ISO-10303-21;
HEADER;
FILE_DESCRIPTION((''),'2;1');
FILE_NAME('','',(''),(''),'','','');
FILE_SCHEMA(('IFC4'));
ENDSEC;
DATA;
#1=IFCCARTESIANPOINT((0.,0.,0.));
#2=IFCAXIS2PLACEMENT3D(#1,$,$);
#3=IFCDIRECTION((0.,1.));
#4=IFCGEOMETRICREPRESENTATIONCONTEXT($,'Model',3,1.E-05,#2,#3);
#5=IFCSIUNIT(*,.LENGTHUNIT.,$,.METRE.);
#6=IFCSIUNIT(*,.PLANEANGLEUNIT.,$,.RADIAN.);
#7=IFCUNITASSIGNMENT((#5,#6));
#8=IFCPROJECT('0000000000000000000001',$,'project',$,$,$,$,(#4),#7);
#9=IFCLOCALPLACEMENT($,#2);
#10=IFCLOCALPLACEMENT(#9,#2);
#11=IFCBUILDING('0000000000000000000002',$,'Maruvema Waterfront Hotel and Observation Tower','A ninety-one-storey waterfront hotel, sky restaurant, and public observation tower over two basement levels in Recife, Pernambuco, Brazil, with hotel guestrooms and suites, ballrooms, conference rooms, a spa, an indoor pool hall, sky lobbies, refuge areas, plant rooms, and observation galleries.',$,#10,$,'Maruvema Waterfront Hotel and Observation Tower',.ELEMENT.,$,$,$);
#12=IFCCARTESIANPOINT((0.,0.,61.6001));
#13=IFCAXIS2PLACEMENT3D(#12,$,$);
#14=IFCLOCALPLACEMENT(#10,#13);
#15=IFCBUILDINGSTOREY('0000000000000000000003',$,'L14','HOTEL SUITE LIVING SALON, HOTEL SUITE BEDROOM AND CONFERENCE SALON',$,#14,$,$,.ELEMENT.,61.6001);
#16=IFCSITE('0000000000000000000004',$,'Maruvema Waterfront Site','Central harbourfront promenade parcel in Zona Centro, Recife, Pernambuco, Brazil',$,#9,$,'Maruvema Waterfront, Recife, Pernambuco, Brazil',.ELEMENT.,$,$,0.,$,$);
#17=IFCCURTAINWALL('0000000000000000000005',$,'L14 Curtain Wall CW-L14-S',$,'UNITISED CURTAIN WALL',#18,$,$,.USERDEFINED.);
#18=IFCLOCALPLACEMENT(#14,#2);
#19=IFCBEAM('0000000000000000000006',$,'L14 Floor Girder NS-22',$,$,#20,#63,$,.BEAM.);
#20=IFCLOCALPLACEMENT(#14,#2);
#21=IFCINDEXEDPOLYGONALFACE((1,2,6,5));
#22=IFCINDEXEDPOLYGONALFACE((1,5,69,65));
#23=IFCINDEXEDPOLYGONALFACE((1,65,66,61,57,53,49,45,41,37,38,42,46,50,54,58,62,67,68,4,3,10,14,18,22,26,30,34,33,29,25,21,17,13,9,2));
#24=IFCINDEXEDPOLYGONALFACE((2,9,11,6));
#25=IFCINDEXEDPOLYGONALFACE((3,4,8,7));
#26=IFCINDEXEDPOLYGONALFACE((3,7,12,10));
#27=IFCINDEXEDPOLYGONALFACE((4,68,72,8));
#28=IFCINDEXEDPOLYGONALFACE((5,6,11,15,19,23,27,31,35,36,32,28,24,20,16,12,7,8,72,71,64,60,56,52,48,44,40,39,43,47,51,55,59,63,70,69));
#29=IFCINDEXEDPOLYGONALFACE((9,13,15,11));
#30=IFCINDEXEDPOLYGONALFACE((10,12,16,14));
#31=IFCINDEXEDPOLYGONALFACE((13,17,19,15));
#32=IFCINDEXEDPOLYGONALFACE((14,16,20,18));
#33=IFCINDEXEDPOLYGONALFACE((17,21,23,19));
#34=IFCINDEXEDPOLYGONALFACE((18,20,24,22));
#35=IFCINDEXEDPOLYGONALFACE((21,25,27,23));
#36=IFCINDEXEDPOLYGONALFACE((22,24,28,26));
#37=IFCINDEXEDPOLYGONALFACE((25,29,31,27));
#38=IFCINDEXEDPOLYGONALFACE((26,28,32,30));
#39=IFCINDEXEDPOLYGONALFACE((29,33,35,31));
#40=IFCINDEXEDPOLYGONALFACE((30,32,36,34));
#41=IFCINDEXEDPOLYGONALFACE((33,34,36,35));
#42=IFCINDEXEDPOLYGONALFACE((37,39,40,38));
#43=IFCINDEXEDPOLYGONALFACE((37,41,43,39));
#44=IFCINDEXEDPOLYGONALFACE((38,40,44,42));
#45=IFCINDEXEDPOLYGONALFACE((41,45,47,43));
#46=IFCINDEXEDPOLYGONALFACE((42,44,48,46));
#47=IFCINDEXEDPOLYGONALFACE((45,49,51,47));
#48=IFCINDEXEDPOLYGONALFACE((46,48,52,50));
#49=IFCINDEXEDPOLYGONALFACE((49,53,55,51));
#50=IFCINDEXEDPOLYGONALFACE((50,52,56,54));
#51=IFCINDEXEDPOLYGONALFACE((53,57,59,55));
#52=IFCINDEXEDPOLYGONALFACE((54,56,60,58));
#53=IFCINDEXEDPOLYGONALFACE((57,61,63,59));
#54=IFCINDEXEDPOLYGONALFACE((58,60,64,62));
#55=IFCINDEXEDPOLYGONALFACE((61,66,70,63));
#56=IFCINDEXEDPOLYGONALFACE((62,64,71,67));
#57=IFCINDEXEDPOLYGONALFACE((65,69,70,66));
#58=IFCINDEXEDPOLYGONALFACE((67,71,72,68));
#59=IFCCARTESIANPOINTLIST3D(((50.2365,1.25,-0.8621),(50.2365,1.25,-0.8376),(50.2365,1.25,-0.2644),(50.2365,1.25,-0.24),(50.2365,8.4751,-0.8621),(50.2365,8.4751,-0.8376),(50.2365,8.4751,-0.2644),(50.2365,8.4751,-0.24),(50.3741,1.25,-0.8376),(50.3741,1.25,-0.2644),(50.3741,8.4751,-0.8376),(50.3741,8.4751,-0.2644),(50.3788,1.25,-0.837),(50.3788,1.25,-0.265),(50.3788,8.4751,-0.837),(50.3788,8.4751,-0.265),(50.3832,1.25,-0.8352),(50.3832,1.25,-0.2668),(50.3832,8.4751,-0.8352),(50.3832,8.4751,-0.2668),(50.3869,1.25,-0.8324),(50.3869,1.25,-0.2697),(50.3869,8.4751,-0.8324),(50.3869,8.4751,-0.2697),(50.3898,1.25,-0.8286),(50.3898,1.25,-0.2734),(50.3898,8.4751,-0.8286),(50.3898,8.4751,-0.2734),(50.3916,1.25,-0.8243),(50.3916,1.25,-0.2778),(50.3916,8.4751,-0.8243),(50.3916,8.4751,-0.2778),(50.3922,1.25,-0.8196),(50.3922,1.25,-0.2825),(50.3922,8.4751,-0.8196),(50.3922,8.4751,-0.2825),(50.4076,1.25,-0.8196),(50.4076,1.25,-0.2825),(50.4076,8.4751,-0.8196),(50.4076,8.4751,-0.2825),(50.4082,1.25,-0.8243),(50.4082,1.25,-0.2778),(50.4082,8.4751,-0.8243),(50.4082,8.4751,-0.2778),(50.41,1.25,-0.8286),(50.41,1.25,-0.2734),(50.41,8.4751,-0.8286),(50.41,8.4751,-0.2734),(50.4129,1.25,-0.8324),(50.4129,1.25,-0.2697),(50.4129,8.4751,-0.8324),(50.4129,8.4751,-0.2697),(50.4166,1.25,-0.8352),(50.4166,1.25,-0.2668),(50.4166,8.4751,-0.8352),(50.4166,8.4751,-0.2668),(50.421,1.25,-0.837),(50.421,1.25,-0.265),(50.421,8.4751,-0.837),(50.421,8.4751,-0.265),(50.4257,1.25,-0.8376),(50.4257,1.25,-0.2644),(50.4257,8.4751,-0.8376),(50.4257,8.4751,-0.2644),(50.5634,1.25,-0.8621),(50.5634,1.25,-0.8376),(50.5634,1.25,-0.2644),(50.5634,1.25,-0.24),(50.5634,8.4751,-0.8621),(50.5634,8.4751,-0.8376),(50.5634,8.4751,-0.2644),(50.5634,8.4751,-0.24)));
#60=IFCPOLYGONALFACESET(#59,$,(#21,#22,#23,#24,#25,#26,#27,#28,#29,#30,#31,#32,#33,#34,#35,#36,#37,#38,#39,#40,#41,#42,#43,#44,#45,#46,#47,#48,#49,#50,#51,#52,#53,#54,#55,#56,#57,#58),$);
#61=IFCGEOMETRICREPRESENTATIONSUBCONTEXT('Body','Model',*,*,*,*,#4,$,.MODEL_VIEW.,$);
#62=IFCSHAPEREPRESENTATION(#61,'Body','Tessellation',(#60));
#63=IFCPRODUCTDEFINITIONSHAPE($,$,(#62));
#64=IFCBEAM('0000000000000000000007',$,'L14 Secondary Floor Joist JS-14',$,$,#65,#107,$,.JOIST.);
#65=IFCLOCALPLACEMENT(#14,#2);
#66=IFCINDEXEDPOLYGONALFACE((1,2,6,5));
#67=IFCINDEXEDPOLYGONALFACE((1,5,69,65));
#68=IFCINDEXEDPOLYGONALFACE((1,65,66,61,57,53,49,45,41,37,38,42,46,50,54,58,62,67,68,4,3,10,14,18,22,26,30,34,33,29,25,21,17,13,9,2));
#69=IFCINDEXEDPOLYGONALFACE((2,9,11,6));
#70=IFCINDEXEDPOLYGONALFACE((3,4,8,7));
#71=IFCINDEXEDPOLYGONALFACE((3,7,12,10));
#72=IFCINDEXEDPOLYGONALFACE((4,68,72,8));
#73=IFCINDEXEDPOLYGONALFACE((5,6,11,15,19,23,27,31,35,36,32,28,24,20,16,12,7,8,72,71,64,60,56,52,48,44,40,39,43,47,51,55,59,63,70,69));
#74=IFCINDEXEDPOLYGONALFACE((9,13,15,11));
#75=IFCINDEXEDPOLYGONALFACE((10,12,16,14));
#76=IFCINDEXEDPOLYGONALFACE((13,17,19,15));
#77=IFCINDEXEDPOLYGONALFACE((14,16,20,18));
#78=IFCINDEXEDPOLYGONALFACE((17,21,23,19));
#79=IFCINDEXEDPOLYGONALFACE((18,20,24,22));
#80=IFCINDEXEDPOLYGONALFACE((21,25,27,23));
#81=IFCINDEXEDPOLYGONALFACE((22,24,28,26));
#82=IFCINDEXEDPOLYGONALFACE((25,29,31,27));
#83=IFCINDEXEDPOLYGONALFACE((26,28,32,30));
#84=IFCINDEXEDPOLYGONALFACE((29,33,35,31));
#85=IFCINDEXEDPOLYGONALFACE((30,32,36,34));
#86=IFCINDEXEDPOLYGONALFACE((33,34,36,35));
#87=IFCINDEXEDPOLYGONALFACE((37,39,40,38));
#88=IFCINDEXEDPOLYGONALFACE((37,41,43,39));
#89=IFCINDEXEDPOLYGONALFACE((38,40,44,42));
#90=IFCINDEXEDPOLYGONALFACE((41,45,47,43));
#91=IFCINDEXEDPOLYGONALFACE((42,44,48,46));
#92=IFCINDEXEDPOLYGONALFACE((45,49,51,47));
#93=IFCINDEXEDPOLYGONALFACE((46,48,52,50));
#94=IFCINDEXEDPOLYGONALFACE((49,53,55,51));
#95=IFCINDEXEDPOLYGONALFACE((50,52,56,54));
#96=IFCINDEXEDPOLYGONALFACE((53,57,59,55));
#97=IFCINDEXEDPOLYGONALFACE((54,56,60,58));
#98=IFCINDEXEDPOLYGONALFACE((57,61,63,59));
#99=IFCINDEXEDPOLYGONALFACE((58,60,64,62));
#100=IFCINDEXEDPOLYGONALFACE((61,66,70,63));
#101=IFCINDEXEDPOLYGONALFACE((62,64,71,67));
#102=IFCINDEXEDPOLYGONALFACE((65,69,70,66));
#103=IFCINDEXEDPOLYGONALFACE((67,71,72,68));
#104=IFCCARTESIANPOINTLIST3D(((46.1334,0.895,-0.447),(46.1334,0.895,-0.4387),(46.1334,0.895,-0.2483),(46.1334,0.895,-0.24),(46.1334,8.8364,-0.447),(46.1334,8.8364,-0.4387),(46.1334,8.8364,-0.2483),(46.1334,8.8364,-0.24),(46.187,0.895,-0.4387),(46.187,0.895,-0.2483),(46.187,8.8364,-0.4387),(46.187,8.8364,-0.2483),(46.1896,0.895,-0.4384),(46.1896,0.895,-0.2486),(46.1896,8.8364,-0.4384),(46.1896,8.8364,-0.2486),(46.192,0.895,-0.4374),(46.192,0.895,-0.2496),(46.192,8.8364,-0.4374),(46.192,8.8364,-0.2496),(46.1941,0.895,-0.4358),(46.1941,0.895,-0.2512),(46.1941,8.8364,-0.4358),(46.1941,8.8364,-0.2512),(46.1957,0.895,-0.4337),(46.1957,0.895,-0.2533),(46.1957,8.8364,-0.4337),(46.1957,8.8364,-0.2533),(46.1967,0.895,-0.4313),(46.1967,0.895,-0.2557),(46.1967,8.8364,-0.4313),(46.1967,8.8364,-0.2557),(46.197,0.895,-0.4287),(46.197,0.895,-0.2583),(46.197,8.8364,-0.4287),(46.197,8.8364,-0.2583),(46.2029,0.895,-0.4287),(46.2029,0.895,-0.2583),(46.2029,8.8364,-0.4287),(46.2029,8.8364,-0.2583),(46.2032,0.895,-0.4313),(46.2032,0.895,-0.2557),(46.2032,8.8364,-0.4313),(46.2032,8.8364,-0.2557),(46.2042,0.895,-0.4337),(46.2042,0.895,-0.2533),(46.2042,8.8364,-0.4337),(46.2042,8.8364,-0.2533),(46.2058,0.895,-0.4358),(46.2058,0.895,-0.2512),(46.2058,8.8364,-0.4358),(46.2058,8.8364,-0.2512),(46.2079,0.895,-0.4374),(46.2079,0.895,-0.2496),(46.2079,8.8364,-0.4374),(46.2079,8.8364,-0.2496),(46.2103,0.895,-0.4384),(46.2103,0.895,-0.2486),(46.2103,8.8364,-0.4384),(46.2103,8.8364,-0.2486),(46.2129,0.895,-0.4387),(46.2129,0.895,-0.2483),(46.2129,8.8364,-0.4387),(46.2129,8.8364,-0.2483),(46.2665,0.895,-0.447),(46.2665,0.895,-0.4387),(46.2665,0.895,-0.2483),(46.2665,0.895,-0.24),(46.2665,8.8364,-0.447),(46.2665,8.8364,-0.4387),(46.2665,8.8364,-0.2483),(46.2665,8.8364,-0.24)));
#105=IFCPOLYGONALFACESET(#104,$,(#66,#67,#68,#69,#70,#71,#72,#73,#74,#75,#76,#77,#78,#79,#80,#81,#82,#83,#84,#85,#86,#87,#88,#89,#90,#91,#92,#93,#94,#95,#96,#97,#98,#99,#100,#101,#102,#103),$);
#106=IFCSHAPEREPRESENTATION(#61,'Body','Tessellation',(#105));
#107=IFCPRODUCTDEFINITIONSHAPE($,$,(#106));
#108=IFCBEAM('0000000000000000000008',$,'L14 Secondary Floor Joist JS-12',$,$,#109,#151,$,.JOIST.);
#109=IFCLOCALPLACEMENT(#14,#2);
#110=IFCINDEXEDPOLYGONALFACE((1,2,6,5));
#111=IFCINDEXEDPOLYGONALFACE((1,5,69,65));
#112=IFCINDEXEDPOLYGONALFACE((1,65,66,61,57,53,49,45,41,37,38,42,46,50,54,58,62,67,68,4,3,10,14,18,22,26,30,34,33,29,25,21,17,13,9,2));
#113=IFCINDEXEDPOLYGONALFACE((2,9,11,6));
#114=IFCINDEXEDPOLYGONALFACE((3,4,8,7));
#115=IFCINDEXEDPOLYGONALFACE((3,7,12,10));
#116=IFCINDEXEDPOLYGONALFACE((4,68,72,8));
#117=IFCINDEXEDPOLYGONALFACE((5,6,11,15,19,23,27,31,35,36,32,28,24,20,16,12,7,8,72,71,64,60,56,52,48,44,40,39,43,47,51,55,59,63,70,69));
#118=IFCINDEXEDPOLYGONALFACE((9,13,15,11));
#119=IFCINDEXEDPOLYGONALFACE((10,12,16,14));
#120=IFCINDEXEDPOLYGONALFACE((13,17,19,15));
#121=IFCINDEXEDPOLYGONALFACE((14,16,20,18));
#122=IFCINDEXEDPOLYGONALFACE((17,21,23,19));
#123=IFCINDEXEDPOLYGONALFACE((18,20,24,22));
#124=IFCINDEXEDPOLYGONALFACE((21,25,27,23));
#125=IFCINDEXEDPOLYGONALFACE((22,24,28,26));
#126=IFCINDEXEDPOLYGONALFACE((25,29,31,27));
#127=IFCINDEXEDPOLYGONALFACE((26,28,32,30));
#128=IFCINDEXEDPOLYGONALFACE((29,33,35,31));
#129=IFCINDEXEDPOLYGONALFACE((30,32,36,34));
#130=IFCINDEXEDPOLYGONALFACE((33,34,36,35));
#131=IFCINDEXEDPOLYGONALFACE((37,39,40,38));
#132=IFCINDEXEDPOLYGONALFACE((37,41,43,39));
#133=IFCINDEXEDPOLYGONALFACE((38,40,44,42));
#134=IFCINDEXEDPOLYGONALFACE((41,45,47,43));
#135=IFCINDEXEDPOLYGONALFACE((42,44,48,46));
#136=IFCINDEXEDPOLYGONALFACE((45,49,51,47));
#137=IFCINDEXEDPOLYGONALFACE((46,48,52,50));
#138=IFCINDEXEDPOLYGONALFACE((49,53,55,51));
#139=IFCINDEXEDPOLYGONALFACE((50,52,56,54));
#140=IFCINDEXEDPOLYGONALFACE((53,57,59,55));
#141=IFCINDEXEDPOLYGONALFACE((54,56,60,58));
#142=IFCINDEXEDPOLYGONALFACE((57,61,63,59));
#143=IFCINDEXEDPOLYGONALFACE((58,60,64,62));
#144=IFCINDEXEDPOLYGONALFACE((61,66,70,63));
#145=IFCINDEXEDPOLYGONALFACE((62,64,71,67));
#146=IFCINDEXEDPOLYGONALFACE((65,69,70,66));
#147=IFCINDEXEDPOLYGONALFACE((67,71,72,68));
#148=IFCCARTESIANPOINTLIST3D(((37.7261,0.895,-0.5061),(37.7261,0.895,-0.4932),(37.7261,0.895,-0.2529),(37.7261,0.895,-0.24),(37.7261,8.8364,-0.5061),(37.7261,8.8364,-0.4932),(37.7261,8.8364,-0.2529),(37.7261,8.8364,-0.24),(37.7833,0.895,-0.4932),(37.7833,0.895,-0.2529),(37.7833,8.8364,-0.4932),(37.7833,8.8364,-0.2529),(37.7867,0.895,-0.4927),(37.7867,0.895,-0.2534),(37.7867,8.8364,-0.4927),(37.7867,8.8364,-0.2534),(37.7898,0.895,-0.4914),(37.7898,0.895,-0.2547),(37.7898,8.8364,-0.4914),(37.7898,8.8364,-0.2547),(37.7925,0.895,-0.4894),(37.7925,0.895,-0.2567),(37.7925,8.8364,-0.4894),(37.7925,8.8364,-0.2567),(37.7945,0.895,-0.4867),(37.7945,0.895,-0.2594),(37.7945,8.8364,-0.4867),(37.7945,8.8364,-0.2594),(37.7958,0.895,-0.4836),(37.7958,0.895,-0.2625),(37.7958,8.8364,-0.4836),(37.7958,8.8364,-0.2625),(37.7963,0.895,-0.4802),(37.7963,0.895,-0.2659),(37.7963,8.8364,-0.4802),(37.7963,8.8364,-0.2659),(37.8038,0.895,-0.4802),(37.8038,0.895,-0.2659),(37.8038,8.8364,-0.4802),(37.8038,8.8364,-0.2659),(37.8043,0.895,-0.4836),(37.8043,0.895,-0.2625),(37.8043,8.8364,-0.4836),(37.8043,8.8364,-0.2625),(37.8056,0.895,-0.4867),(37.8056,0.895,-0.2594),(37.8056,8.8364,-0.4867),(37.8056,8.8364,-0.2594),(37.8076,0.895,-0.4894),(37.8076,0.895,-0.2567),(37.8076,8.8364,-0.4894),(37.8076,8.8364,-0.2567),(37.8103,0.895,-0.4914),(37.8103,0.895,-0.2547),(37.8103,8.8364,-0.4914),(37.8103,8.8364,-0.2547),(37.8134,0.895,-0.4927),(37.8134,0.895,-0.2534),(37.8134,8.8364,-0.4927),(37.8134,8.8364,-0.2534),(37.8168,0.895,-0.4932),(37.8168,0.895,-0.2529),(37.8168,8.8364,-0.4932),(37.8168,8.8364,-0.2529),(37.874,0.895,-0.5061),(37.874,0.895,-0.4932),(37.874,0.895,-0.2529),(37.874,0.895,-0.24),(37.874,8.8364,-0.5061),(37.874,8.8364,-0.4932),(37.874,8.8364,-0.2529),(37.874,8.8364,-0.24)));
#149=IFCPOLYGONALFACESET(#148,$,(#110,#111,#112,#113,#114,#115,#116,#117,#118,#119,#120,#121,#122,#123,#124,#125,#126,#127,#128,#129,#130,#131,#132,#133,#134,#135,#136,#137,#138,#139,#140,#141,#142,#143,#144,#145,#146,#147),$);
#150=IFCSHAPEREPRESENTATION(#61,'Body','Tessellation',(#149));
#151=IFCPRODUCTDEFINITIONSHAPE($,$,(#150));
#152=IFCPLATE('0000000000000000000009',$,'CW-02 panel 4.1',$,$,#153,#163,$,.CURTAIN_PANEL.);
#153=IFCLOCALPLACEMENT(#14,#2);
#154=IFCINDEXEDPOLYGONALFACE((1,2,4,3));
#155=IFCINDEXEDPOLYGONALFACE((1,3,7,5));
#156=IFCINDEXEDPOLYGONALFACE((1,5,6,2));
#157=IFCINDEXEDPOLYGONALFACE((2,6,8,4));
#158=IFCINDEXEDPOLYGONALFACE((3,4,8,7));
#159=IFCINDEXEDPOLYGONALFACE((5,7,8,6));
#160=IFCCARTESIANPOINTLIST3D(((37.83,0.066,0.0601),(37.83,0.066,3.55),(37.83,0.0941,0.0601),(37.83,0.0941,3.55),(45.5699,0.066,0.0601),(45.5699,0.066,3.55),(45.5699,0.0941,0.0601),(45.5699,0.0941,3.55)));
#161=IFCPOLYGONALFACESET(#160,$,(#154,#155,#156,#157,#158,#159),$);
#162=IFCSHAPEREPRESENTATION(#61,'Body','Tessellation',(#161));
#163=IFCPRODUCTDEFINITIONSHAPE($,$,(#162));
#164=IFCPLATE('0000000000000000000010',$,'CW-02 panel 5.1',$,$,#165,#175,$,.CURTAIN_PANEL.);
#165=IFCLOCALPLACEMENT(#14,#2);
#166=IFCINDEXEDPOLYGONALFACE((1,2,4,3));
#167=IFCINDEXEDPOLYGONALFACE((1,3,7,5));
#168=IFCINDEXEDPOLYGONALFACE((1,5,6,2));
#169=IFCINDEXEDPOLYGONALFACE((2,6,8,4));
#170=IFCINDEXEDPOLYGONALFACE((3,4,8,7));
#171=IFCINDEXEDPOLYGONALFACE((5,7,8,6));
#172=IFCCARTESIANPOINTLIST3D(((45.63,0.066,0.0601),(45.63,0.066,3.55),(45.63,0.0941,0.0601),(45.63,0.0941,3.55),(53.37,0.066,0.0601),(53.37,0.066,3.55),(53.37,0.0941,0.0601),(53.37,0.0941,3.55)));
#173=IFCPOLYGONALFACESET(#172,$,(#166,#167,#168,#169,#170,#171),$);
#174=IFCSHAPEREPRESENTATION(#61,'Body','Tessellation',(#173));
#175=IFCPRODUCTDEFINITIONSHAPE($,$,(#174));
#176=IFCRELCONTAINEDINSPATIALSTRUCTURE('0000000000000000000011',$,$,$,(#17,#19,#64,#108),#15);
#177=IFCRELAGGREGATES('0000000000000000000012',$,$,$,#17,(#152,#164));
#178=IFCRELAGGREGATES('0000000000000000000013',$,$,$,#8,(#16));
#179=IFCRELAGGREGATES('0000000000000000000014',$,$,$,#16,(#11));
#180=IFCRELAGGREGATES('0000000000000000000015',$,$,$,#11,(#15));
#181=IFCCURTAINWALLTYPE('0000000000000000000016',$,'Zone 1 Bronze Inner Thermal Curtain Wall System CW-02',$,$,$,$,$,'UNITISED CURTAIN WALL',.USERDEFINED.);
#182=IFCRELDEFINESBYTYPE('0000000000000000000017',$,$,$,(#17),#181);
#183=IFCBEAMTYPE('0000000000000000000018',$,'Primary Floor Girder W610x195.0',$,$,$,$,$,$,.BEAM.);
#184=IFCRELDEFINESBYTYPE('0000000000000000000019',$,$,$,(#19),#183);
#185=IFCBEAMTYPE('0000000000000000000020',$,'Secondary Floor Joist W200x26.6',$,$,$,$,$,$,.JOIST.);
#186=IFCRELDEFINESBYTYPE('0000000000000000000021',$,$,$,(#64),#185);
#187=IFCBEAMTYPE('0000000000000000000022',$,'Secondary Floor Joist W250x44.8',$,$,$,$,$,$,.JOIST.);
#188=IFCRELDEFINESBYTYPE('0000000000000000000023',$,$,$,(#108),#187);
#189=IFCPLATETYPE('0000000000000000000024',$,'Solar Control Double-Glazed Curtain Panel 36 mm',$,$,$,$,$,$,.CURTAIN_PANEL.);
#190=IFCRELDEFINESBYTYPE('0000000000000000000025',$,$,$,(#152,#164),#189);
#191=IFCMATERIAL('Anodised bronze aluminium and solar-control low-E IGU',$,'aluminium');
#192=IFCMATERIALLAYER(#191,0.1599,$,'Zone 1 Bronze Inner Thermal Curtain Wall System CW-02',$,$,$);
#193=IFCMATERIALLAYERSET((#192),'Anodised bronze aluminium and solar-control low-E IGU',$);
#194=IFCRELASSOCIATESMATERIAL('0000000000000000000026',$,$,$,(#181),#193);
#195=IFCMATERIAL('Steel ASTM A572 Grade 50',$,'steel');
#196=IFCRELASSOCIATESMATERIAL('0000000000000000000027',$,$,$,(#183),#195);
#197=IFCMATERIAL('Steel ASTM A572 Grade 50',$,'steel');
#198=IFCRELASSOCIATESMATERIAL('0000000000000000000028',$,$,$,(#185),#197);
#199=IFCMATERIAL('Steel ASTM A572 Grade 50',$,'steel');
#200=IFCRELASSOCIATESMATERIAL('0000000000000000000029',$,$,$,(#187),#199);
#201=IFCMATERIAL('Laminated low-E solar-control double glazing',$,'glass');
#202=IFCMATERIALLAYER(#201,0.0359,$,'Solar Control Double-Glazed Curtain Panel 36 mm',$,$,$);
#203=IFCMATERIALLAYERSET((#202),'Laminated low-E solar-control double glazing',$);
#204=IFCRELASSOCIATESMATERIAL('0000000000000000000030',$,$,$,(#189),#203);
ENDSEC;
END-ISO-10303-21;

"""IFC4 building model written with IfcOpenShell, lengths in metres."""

from ifc_helpers import new_model, si_unit, direction, frame, origin, origin_2d, place, context, subcontext, project, spatial, rectangle, i_section, extrude, material, layer, layer_set, material_profile, profile_set, type_object, element, aggregate, save


model = new_model("IFC4")

# Units and contexts
model_context = context("Model", 3, precision=1e-05, world=origin(), true_north=direction((0.0, 1.0)))
body_context = subcontext(model_context, "Body", "Model", "MODEL_VIEW")
ifc_project = project(units=[si_unit("LENGTHUNIT", "METRE"), si_unit("PLANEANGLEUNIT", "RADIAN")], contexts=[model_context])

# Site, building, storey
site_placement = place(None, origin())
site = spatial("IfcSite", under=ifc_project, at=site_placement, Name="Maruvema Waterfront Site", Description="Central harbourfront promenade parcel in Zona Centro, Recife, Pernambuco, Brazil", LongName="Maruvema Waterfront, Recife, Pernambuco, Brazil", CompositionType="ELEMENT", RefElevation=0.0)
building_placement = place(site_placement, origin())
building = spatial("IfcBuilding", under=site, at=building_placement, Name="Maruvema Waterfront Hotel and Observation Tower", Description="A ninety-one-storey waterfront hotel, sky restaurant, and public observation tower over two basement levels in Recife, Pernambuco, Brazil, with hotel guestrooms and suites, ballrooms, conference rooms, a spa, an indoor pool hall, sky lobbies, refuge areas, plant rooms, and observation galleries.", LongName="Maruvema Waterfront Hotel and Observation Tower", CompositionType="ELEMENT")
storey_placement = place(building_placement, frame((0.0, 0.0, 61.6001)))
storey = spatial("IfcBuildingStorey", under=building, at=storey_placement, Name="L14", Description="HOTEL SUITE LIVING SALON, HOTEL SUITE BEDROOM AND CONFERENCE SALON", CompositionType="ELEMENT", Elevation=61.6001)

# Curtain wall
ifc_material_1 = material(Name="Anodised bronze aluminium and solar-control low-E IGU", Category="aluminium")
ifc_layer_1 = layer(ifc_material_1, 0.1599, Name="Zone 1 Bronze Inner Thermal Curtain Wall System CW-02")
ifc_layer_set_1 = layer_set([ifc_layer_1], Name="Anodised bronze aluminium and solar-control low-E IGU")
curtain_wall_type = type_object("IfcCurtainWallType", Name="Zone 1 Bronze Inner Thermal Curtain Wall System CW-02", ElementType="UNITISED CURTAIN WALL", PredefinedType="USERDEFINED", material=ifc_layer_set_1)
curtain_wall_placement = place(storey_placement, origin())
curtain_wall = element("IfcCurtainWall", 1, at=curtain_wall_placement, inside=storey, type_object=curtain_wall_type, Name="L14 Curtain Wall CW-L14-S", ObjectType="UNITISED CURTAIN WALL", PredefinedType="USERDEFINED")

# Beams
ifc_material_2 = material(Name="Steel ASTM A572 Grade 50", Category="steel")
ifc_material_profile_1 = material_profile(ifc_material_2, i_section(OverallWidth=0.3269, OverallDepth=0.6221, WebThickness=0.0154, FlangeThickness=0.0244, FilletRadius=0.0181, at=origin_2d()), Name="W610x195.0")
ifc_profile_set_1 = profile_set([ifc_material_profile_1], Name="Steel ASTM A572 Grade 50")
beam_type_1 = type_object("IfcBeamType", Name="Primary Floor Girder W610x195.0", PredefinedType="BEAM", material=ifc_profile_set_1)
beam_1_placement = place(storey_placement, frame((50.3999, 1.25, -0.551), z_axis=(0.0, 1.0, 0.0), x_axis=(-1.0, 0.0, 0.0)))
element("IfcBeam", 2, at=beam_1_placement, inside=storey, type_object=beam_type_1, Name="L14 Floor Girder NS-22", PredefinedType="BEAM", context=body_context, shape_type="SweptSolid", body=[
    extrude(i_section(OverallWidth=0.3269, OverallDepth=0.6221, WebThickness=0.0154, FlangeThickness=0.0244, FilletRadius=0.0181, at=origin_2d()), origin(), (0.0, 0.0, 1.0), 7.2251),
])
ifc_material_3 = material(Name="Steel ASTM A572 Grade 50", Category="steel")
ifc_material_profile_2 = material_profile(ifc_material_3, i_section(OverallWidth=0.1331, OverallDepth=0.207, WebThickness=0.0059, FlangeThickness=0.0083, FilletRadius=0.01, at=origin_2d()), Name="W200x26.6")
ifc_profile_set_2 = profile_set([ifc_material_profile_2], Name="Steel ASTM A572 Grade 50")
beam_type_2 = type_object("IfcBeamType", Name="Secondary Floor Joist W200x26.6", PredefinedType="JOIST", material=ifc_profile_set_2)
beam_2_placement = place(storey_placement, frame((46.2, 0.895, -0.3435), z_axis=(0.0, 1.0, 0.0), x_axis=(-1.0, 0.0, 0.0)))
element("IfcBeam", 3, at=beam_2_placement, inside=storey, type_object=beam_type_2, Name="L14 Secondary Floor Joist JS-14", PredefinedType="JOIST", context=body_context, shape_type="SweptSolid", body=[
    extrude(i_section(OverallWidth=0.1331, OverallDepth=0.207, WebThickness=0.0059, FlangeThickness=0.0083, FilletRadius=0.01, at=origin_2d()), origin(), (0.0, 0.0, 1.0), 7.9414),
])
ifc_material_4 = material(Name="Steel ASTM A572 Grade 50", Category="steel")
ifc_material_profile_3 = material_profile(ifc_material_4, i_section(OverallWidth=0.1479, OverallDepth=0.2661, WebThickness=0.0076, FlangeThickness=0.0129, FilletRadius=0.0129, at=origin_2d()), Name="W250x44.8")
ifc_profile_set_3 = profile_set([ifc_material_profile_3], Name="Steel ASTM A572 Grade 50")
beam_type_3 = type_object("IfcBeamType", Name="Secondary Floor Joist W250x44.8", PredefinedType="JOIST", material=ifc_profile_set_3)
beam_3_placement = place(storey_placement, frame((37.8, 0.895, -0.373), z_axis=(0.0, 1.0, 0.0), x_axis=(-1.0, 0.0, 0.0)))
element("IfcBeam", 4, at=beam_3_placement, inside=storey, type_object=beam_type_3, Name="L14 Secondary Floor Joist JS-12", PredefinedType="JOIST", context=body_context, shape_type="SweptSolid", body=[
    extrude(i_section(OverallWidth=0.1479, OverallDepth=0.2661, WebThickness=0.0076, FlangeThickness=0.0129, FilletRadius=0.0129, at=origin_2d()), origin(), (0.0, 0.0, 1.0), 7.9414),
])

# Plates
ifc_material_5 = material(Name="Laminated low-E solar-control double glazing", Category="glass")
ifc_layer_2 = layer(ifc_material_5, 0.0359, Name="Solar Control Double-Glazed Curtain Panel 36 mm")
ifc_layer_set_2 = layer_set([ifc_layer_2], Name="Laminated low-E solar-control double glazing")
plate_type = type_object("IfcPlateType", Name="Solar Control Double-Glazed Curtain Panel 36 mm", PredefinedType="CURTAIN_PANEL", material=ifc_layer_set_2)
plate_1_placement = place(storey_placement, frame((41.7, 0.0801, 0.0601), z_axis=(0.0, 0.0, 1.0), x_axis=(1.0, 0.0, 0.0)))
plate_1 = element("IfcPlate", 5, at=plate_1_placement, type_object=plate_type, Name="CW-02 panel 4.1", PredefinedType="CURTAIN_PANEL", context=body_context, shape_type="SweptSolid", body=[
    extrude(rectangle(XDim=7.74, YDim=0.0281, at=origin_2d()), origin(), (0.0, 0.0, 1.0), 3.49),
])
plate_2_placement = place(storey_placement, frame((49.5, 0.0801, 0.0601), z_axis=(0.0, 0.0, 1.0), x_axis=(1.0, 0.0, 0.0)))
plate_2 = element("IfcPlate", 6, at=plate_2_placement, type_object=plate_type, Name="CW-02 panel 5.1", PredefinedType="CURTAIN_PANEL", context=body_context, shape_type="SweptSolid", body=[
    extrude(rectangle(XDim=7.74, YDim=0.0281, at=origin_2d()), origin(), (0.0, 0.0, 1.0), 3.49),
])
aggregate(curtain_wall, [plate_1, plate_2])

save(model, "model.ifc")
